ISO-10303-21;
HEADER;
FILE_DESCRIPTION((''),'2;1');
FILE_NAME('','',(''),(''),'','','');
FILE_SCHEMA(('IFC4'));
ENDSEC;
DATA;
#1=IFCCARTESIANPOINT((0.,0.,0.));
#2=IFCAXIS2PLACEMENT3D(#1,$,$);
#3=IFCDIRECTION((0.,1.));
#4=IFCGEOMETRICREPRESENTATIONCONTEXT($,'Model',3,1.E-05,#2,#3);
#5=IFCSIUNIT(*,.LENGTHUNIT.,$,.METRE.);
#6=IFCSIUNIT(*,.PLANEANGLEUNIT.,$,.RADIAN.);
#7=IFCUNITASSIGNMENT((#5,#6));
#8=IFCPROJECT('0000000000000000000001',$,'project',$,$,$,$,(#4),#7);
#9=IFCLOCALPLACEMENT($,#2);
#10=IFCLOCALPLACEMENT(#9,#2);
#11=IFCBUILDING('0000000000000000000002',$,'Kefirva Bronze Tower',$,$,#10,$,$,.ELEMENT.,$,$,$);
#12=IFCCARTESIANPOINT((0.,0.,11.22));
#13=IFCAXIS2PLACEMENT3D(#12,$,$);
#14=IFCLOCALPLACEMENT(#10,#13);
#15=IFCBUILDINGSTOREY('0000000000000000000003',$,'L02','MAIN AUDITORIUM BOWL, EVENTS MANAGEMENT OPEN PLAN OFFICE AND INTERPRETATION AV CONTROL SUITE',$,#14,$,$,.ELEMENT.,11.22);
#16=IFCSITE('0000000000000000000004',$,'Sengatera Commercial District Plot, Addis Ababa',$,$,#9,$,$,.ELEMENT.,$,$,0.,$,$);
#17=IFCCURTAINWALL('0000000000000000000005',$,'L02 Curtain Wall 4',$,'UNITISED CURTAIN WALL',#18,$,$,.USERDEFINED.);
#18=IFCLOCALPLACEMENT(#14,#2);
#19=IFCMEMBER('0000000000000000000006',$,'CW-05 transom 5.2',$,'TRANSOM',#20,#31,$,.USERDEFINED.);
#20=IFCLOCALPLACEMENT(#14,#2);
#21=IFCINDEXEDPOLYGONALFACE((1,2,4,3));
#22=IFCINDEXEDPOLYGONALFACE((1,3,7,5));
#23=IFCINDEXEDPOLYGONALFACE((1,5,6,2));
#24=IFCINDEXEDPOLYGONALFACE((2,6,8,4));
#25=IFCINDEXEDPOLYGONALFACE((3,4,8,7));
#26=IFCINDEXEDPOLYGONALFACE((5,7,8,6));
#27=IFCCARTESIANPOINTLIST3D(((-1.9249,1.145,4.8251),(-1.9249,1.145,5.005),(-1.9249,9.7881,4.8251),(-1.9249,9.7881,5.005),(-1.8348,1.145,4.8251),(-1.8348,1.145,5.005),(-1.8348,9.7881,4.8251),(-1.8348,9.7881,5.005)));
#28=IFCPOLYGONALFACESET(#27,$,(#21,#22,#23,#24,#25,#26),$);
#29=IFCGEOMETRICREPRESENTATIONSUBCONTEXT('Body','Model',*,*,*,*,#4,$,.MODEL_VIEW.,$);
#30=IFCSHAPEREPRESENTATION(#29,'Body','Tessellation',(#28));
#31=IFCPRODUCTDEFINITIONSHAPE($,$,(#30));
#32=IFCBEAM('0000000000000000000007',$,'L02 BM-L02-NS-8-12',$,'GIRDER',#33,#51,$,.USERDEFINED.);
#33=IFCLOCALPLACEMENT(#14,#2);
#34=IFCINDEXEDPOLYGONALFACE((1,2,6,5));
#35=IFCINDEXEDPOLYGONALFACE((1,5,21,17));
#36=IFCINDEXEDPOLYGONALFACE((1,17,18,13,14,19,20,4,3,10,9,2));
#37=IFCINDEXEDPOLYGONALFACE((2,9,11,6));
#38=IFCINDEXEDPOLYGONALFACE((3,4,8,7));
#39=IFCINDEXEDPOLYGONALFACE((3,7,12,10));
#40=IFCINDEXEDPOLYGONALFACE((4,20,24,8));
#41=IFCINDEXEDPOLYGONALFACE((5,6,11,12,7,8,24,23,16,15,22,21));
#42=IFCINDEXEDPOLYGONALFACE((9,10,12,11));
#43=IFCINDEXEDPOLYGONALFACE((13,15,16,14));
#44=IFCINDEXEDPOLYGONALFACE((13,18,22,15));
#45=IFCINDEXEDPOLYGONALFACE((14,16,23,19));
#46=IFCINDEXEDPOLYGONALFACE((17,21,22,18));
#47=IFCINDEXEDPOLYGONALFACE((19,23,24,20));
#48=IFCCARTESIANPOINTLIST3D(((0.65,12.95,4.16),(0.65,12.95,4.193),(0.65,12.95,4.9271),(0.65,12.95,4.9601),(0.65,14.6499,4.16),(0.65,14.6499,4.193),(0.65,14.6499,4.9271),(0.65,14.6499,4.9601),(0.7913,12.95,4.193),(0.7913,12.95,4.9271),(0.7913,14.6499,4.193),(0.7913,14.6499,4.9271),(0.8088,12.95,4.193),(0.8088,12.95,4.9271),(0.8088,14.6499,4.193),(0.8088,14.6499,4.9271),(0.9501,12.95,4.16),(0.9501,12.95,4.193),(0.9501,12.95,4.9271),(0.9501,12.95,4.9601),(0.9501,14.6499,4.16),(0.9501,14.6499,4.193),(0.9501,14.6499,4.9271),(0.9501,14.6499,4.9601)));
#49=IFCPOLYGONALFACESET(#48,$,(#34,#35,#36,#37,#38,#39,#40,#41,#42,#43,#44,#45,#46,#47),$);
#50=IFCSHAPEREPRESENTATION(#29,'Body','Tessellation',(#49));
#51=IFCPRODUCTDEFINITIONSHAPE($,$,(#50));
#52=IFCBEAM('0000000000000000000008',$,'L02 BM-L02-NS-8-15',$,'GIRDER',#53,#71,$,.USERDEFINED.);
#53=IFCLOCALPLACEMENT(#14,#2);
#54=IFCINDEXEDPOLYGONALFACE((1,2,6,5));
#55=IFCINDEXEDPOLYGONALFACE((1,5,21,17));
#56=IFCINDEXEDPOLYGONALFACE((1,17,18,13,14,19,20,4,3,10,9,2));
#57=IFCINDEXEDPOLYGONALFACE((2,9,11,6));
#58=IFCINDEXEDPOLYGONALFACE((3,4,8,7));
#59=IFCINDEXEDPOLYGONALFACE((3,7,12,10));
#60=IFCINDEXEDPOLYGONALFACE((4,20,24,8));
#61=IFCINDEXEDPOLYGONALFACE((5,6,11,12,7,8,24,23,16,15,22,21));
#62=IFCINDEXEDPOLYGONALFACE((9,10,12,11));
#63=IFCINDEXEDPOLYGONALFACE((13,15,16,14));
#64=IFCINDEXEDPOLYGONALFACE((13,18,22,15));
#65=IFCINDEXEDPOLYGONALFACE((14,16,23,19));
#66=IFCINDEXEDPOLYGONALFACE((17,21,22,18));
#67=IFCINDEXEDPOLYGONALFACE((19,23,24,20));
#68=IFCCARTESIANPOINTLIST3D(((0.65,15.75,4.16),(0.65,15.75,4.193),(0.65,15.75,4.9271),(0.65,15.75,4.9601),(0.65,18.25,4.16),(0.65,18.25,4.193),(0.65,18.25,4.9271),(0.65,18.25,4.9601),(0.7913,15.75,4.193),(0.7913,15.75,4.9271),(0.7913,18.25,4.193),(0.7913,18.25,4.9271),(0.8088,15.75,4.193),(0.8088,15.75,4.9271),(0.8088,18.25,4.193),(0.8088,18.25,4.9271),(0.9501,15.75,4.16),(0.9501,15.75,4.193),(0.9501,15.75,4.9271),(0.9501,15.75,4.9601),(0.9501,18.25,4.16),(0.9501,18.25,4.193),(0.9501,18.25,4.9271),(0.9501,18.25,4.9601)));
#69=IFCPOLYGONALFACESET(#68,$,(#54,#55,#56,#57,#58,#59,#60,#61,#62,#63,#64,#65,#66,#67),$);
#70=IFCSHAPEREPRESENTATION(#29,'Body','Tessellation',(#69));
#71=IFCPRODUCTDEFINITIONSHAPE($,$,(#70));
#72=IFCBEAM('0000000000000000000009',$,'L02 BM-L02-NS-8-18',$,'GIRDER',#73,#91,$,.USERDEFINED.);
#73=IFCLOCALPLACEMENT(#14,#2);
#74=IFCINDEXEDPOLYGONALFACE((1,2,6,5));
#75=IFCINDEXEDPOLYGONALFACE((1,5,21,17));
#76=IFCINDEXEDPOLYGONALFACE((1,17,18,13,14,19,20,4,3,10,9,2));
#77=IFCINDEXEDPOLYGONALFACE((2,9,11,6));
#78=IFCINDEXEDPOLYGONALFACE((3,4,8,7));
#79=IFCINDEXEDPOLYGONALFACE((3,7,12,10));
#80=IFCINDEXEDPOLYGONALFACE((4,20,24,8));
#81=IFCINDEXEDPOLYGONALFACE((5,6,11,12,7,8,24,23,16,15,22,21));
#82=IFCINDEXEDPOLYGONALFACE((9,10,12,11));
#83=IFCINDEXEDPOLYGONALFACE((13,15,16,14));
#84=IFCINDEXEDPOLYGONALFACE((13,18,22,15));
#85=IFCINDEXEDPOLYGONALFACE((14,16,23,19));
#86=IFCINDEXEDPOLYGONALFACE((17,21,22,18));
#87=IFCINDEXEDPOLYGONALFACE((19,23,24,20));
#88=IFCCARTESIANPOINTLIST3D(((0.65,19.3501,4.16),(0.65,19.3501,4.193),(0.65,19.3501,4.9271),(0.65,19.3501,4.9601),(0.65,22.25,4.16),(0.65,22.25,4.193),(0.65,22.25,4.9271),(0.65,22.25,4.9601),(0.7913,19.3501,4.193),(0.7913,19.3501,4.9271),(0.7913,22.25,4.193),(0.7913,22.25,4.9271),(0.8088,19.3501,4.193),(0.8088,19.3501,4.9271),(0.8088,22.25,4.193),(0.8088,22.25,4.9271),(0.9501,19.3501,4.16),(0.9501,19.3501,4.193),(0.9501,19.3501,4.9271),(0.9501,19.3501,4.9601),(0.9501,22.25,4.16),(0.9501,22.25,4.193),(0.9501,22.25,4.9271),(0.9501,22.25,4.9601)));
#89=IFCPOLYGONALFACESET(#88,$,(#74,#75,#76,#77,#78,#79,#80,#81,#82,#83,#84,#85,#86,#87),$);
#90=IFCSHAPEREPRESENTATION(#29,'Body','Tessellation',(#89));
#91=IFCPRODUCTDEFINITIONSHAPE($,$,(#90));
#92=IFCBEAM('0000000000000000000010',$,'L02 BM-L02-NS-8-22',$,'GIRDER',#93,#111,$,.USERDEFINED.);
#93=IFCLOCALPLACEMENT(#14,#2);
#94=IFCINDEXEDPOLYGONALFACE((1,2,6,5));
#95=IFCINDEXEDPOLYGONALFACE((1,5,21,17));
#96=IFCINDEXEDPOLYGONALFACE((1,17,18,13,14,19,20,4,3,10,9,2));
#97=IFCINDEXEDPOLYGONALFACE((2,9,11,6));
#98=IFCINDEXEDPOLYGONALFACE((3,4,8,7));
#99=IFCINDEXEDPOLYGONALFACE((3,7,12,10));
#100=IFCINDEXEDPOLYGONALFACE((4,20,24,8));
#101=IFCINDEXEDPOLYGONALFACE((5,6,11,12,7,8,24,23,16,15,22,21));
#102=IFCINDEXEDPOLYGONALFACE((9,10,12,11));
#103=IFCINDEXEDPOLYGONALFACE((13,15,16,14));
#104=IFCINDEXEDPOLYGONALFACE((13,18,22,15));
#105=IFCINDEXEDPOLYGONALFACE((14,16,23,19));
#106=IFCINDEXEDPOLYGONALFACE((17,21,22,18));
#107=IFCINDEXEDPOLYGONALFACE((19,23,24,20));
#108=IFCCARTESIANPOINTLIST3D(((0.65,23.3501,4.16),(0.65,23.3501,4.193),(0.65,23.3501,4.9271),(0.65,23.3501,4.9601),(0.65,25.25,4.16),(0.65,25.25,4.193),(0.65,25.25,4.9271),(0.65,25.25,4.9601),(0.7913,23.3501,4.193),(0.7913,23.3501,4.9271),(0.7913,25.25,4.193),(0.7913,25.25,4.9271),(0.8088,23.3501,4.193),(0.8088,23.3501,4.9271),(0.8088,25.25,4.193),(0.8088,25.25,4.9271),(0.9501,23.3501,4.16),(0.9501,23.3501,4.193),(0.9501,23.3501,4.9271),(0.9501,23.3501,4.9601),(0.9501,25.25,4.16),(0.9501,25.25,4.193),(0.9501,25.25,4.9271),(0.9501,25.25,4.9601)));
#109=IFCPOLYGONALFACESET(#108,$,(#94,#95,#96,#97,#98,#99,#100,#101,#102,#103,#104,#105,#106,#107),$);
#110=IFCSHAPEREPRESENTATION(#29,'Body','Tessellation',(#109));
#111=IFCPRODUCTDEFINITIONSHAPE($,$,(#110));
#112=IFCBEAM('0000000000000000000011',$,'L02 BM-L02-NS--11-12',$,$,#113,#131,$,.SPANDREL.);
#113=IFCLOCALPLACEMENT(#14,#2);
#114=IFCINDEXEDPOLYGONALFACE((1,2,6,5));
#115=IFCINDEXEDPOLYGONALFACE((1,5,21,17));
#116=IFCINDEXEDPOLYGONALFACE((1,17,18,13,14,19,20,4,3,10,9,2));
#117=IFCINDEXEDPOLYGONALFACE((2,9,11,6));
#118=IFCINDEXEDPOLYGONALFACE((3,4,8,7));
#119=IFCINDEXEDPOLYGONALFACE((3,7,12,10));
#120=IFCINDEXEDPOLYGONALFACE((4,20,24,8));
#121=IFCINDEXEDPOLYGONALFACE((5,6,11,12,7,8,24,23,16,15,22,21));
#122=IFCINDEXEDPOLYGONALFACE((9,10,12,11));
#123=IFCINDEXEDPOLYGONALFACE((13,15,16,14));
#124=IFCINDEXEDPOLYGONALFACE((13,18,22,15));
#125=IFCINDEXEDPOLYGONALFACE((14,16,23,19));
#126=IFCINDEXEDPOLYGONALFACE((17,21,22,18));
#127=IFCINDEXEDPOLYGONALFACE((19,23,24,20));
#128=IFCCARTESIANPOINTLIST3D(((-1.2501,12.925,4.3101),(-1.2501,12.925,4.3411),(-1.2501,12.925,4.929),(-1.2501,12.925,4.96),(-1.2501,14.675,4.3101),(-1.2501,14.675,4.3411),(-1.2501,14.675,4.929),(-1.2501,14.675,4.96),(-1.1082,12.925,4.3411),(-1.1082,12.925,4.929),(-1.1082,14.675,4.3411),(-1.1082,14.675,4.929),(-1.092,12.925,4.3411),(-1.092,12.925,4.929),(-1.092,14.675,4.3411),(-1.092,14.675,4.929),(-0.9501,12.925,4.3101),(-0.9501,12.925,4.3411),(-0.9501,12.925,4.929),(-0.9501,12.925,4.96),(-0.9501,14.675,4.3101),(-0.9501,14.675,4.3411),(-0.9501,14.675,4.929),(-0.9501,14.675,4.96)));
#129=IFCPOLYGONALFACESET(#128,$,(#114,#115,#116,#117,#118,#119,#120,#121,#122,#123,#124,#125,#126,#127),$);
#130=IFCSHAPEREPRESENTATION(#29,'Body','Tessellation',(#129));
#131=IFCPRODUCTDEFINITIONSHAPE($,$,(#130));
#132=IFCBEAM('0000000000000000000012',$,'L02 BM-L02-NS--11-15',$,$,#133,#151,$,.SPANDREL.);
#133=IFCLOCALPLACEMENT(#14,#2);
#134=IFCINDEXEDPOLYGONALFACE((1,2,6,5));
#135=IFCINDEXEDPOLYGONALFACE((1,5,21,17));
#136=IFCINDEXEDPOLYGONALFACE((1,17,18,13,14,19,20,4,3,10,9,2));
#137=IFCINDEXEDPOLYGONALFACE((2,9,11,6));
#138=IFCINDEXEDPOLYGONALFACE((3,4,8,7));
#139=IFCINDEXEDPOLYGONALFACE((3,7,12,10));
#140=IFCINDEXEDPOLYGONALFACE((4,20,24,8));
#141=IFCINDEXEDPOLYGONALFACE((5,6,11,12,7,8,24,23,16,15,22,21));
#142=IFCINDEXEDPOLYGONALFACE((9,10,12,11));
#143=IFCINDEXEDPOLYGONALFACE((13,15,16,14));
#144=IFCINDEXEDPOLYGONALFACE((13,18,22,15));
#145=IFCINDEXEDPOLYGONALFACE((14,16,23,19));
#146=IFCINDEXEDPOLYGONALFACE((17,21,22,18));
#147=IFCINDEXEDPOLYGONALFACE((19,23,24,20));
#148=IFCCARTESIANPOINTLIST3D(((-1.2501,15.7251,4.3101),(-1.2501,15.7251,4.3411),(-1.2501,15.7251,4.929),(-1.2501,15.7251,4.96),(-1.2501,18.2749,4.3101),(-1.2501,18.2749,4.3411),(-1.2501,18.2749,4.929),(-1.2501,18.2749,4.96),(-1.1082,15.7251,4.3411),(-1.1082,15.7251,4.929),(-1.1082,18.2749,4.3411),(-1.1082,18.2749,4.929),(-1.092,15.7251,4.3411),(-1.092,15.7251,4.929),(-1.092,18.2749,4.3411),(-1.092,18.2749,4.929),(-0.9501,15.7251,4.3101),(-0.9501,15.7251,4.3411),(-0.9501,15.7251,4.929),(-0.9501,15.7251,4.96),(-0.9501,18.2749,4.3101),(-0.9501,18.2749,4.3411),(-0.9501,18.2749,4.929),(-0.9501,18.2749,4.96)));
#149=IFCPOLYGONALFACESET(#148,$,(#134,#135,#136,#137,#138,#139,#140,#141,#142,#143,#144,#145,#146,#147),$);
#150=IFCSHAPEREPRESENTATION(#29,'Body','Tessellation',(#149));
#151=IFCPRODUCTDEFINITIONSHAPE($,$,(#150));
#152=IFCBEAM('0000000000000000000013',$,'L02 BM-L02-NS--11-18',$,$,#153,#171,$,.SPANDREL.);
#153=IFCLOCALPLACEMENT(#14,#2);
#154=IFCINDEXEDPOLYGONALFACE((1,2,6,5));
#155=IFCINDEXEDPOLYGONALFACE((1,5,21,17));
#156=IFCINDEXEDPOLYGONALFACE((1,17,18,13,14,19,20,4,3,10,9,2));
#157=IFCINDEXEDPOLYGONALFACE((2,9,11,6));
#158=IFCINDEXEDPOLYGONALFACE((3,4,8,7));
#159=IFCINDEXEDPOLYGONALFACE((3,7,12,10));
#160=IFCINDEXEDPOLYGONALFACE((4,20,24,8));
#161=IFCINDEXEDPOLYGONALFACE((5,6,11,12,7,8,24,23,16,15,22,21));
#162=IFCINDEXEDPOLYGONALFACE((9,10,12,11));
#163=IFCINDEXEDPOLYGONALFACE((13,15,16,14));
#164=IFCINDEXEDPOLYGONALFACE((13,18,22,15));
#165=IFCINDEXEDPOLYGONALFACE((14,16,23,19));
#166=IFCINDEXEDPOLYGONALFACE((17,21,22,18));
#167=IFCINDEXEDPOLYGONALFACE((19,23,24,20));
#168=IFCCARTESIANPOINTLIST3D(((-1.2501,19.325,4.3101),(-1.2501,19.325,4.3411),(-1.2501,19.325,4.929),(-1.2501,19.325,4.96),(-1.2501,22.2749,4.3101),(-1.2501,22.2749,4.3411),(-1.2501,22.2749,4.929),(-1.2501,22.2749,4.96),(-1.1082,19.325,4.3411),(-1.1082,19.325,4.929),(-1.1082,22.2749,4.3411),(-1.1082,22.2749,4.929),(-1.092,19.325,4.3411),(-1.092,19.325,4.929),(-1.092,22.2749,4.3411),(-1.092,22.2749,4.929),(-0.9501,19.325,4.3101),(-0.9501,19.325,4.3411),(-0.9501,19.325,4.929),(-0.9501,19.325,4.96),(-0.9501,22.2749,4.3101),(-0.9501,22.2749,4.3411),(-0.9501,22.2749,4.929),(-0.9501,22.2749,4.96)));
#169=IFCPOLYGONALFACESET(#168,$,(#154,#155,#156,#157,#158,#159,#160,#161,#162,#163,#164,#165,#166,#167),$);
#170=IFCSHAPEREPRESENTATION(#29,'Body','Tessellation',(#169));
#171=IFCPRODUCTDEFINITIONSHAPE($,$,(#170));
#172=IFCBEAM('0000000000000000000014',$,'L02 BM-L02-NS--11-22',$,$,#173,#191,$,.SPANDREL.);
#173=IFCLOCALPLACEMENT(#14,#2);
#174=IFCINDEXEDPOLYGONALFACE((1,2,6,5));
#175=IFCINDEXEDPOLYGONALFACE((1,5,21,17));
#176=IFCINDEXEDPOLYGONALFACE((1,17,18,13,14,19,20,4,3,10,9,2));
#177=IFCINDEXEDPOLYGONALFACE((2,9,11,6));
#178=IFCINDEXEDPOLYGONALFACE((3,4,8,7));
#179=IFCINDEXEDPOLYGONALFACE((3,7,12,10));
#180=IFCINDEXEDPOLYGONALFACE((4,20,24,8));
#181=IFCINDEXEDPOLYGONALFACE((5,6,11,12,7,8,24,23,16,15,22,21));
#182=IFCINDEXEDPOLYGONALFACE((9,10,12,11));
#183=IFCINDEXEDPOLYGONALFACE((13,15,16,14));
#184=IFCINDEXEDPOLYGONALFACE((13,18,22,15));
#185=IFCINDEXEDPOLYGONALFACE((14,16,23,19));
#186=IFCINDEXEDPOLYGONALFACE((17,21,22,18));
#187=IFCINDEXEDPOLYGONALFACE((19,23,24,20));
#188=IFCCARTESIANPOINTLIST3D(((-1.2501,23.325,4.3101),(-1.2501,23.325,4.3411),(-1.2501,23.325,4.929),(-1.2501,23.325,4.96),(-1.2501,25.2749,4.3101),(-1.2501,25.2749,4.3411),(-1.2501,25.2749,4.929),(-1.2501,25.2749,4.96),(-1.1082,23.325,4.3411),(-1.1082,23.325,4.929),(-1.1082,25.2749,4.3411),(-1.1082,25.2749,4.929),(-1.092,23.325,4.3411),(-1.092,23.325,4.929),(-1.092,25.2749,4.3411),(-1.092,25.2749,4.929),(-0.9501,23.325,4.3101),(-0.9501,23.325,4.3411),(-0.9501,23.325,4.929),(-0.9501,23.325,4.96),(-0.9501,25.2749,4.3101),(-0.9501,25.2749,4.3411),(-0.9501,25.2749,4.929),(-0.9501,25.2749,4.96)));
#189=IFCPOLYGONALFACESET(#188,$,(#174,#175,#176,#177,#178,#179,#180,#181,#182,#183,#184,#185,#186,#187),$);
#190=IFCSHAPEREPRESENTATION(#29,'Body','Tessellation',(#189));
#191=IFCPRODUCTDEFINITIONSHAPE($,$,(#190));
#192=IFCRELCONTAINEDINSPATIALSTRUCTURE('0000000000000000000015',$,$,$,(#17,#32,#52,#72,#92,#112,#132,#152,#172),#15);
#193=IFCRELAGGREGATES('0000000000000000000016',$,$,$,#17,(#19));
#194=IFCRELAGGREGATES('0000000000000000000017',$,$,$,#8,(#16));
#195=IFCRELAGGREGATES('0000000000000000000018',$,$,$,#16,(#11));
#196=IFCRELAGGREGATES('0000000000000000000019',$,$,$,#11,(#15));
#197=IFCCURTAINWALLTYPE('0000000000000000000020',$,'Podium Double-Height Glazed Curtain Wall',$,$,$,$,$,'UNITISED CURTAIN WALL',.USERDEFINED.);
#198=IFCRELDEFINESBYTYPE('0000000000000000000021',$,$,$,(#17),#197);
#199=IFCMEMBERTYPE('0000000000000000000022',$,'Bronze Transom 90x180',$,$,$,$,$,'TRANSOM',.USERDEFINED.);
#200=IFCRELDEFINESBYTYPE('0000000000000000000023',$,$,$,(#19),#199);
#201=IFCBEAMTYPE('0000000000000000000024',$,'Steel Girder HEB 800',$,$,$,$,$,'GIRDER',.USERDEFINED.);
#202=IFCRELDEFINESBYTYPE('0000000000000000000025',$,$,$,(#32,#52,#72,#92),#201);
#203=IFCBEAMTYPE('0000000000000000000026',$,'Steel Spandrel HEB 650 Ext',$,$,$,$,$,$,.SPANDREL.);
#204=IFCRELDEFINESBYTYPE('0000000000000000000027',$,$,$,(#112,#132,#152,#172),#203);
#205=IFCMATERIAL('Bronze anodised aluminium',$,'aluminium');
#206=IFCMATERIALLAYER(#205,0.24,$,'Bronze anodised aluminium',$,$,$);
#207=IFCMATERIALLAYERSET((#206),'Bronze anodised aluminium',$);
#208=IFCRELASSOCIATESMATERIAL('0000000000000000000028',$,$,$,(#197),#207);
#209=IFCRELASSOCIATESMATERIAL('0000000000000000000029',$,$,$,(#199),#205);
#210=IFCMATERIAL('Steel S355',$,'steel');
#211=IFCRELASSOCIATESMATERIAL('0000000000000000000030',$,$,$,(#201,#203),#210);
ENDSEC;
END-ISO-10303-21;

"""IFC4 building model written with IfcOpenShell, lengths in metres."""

from ifc_helpers import new_model, si_unit, direction, frame, origin, origin_2d, place, context, subcontext, project, spatial, rectangle, i_section, extrude, material, layer, layer_set, material_profile, profile_set, type_object, element, aggregate, save


model = new_model("IFC4")

# Units and contexts
model_context = context("Model", 3, precision=1e-05, world=origin(), true_north=direction((0.0, 1.0)))
body_context = subcontext(model_context, "Body", "Model", "MODEL_VIEW")
ifc_project = project(units=[si_unit("LENGTHUNIT", "METRE"), si_unit("PLANEANGLEUNIT", "RADIAN")], contexts=[model_context])

# Site, building, storey
site_placement = place(None, origin())
site = spatial("IfcSite", under=ifc_project, at=site_placement, Name="Sengatera Commercial District Plot, Addis Ababa", CompositionType="ELEMENT", RefElevation=0.0)
building_placement = place(site_placement, origin())
building = spatial("IfcBuilding", under=site, at=building_placement, Name="Kefirva Bronze Tower", CompositionType="ELEMENT")
storey_placement = place(building_placement, frame((0.0, 0.0, 11.22)))
storey = spatial("IfcBuildingStorey", under=building, at=storey_placement, Name="L02", Description="MAIN AUDITORIUM BOWL, EVENTS MANAGEMENT OPEN PLAN OFFICE AND INTERPRETATION AV CONTROL SUITE", CompositionType="ELEMENT", Elevation=11.22)

# Curtain wall, member
ifc_material_1 = material(Name="Bronze anodised aluminium", Category="aluminium")
ifc_layer_1 = layer(ifc_material_1, 0.24, Name="Bronze anodised aluminium")
ifc_layer_set_1 = layer_set([ifc_layer_1], Name="Bronze anodised aluminium")
curtain_wall_type = type_object("IfcCurtainWallType", Name="Podium Double-Height Glazed Curtain Wall", ElementType="UNITISED CURTAIN WALL", PredefinedType="USERDEFINED", material=ifc_layer_set_1)
curtain_wall_placement = place(storey_placement, origin())
curtain_wall = element("IfcCurtainWall", 1, at=curtain_wall_placement, inside=storey, type_object=curtain_wall_type, Name="L02 Curtain Wall 4", ObjectType="UNITISED CURTAIN WALL", PredefinedType="USERDEFINED")
ifc_material_profile_1 = material_profile(ifc_material_1, rectangle(XDim=0.0901, YDim=0.1799, at=origin_2d()), Name="ALU 90x180")
ifc_profile_set_1 = profile_set([ifc_material_profile_1], Name="Bronze anodised aluminium")
member_type_1 = type_object("IfcMemberType", Name="Bronze Transom 90x180", ElementType="TRANSOM", PredefinedType="USERDEFINED", material=ifc_profile_set_1)
member_1_placement = place(storey_placement, frame((-1.8799, 9.7881, 4.915), z_axis=(0.0, -1.0, 0.0), x_axis=(1.0, 0.0, 0.0)))
member_1 = element("IfcMember", 2, at=member_1_placement, type_object=member_type_1, Name="CW-05 transom 5.2", ObjectType="TRANSOM", PredefinedType="USERDEFINED", context=body_context, shape_type="SweptSolid", body=[
    extrude(rectangle(XDim=0.0901, YDim=0.1799, at=origin_2d()), origin(), (0.0, 0.0, 1.0), 8.6431),
])

# Beams
ifc_material_2 = material(Name="Steel S355", Category="steel")
ifc_material_profile_2 = material_profile(ifc_material_2, i_section(OverallWidth=0.3, OverallDepth=0.8, WebThickness=0.0176, FlangeThickness=0.033, at=origin_2d()), Name="HEB 800")
ifc_profile_set_2 = profile_set([ifc_material_profile_2], Name="Steel S355")
beam_type_1 = type_object("IfcBeamType", Name="Steel Girder HEB 800", ElementType="GIRDER", PredefinedType="USERDEFINED", material=ifc_profile_set_2)
beam_1_placement = place(storey_placement, frame((0.8, 12.95, 4.5601), z_axis=(0.0, 1.0, 0.0), x_axis=(-1.0, 0.0, 0.0)))
element("IfcBeam", 3, at=beam_1_placement, inside=storey, type_object=beam_type_1, Name="L02 BM-L02-NS-8-12", ObjectType="GIRDER", PredefinedType="USERDEFINED", context=body_context, shape_type="SweptSolid", body=[
    extrude(i_section(OverallWidth=0.3, OverallDepth=0.8, WebThickness=0.0176, FlangeThickness=0.033, at=origin_2d()), origin(), (0.0, 0.0, 1.0), 1.7),
])
beam_2_placement = place(storey_placement, frame((0.8, 15.75, 4.5601), z_axis=(0.0, 1.0, 0.0), x_axis=(-1.0, 0.0, 0.0)))
element("IfcBeam", 4, at=beam_2_placement, inside=storey, type_object=beam_type_1, Name="L02 BM-L02-NS-8-15", ObjectType="GIRDER", PredefinedType="USERDEFINED", context=body_context, shape_type="SweptSolid", body=[
    extrude(i_section(OverallWidth=0.3, OverallDepth=0.8, WebThickness=0.0176, FlangeThickness=0.033, at=origin_2d()), origin(), (0.0, 0.0, 1.0), 2.5),
])
beam_3_placement = place(storey_placement, frame((0.8, 19.3501, 4.5601), z_axis=(0.0, 1.0, 0.0), x_axis=(-1.0, 0.0, 0.0)))
element("IfcBeam", 5, at=beam_3_placement, inside=storey, type_object=beam_type_1, Name="L02 BM-L02-NS-8-18", ObjectType="GIRDER", PredefinedType="USERDEFINED", context=body_context, shape_type="SweptSolid", body=[
    extrude(i_section(OverallWidth=0.3, OverallDepth=0.8, WebThickness=0.0176, FlangeThickness=0.033, at=origin_2d()), origin(), (0.0, 0.0, 1.0), 2.8999),
])
beam_4_placement = place(storey_placement, frame((0.8, 23.3501, 4.5601), z_axis=(0.0, 1.0, 0.0), x_axis=(-1.0, 0.0, 0.0)))
element("IfcBeam", 6, at=beam_4_placement, inside=storey, type_object=beam_type_1, Name="L02 BM-L02-NS-8-22", ObjectType="GIRDER", PredefinedType="USERDEFINED", context=body_context, shape_type="SweptSolid", body=[
    extrude(i_section(OverallWidth=0.3, OverallDepth=0.8, WebThickness=0.0176, FlangeThickness=0.033, at=origin_2d()), origin(), (0.0, 0.0, 1.0), 1.8999),
])
ifc_material_profile_3 = material_profile(ifc_material_2, i_section(OverallWidth=0.3, OverallDepth=0.6499, WebThickness=0.0161, FlangeThickness=0.031, at=origin_2d()), Name="HEB 650")
ifc_profile_set_3 = profile_set([ifc_material_profile_3], Name="Steel S355")
beam_type_2 = type_object("IfcBeamType", Name="Steel Spandrel HEB 650 Ext", PredefinedType="SPANDREL", material=ifc_profile_set_3)
beam_5_placement = place(storey_placement, frame((-1.1001, 12.925, 4.635), z_axis=(0.0, 1.0, 0.0), x_axis=(-1.0, 0.0, 0.0)))
element("IfcBeam", 7, at=beam_5_placement, inside=storey, type_object=beam_type_2, Name="L02 BM-L02-NS--11-12", PredefinedType="SPANDREL", context=body_context, shape_type="SweptSolid", body=[
    extrude(i_section(OverallWidth=0.3, OverallDepth=0.6499, WebThickness=0.0161, FlangeThickness=0.031, at=origin_2d()), origin(), (0.0, 0.0, 1.0), 1.75),
])
beam_6_placement = place(storey_placement, frame((-1.1001, 15.7251, 4.635), z_axis=(0.0, 1.0, 0.0), x_axis=(-1.0, 0.0, 0.0)))
element("IfcBeam", 8, at=beam_6_placement, inside=storey, type_object=beam_type_2, Name="L02 BM-L02-NS--11-15", PredefinedType="SPANDREL", context=body_context, shape_type="SweptSolid", body=[
    extrude(i_section(OverallWidth=0.3, OverallDepth=0.6499, WebThickness=0.0161, FlangeThickness=0.031, at=origin_2d()), origin(), (0.0, 0.0, 1.0), 2.5498),
])
beam_7_placement = place(storey_placement, frame((-1.1001, 19.325, 4.635), z_axis=(0.0, 1.0, 0.0), x_axis=(-1.0, 0.0, 0.0)))
element("IfcBeam", 9, at=beam_7_placement, inside=storey, type_object=beam_type_2, Name="L02 BM-L02-NS--11-18", PredefinedType="SPANDREL", context=body_context, shape_type="SweptSolid", body=[
    extrude(i_section(OverallWidth=0.3, OverallDepth=0.6499, WebThickness=0.0161, FlangeThickness=0.031, at=origin_2d()), origin(), (0.0, 0.0, 1.0), 2.95),
])
beam_8_placement = place(storey_placement, frame((-1.1001, 23.325, 4.635), z_axis=(0.0, 1.0, 0.0), x_axis=(-1.0, 0.0, 0.0)))
element("IfcBeam", 10, at=beam_8_placement, inside=storey, type_object=beam_type_2, Name="L02 BM-L02-NS--11-22", PredefinedType="SPANDREL", context=body_context, shape_type="SweptSolid", body=[
    extrude(i_section(OverallWidth=0.3, OverallDepth=0.6499, WebThickness=0.0161, FlangeThickness=0.031, at=origin_2d()), origin(), (0.0, 0.0, 1.0), 1.95),
])

aggregate(curtain_wall, [member_1])

save(model, "model.ifc")
